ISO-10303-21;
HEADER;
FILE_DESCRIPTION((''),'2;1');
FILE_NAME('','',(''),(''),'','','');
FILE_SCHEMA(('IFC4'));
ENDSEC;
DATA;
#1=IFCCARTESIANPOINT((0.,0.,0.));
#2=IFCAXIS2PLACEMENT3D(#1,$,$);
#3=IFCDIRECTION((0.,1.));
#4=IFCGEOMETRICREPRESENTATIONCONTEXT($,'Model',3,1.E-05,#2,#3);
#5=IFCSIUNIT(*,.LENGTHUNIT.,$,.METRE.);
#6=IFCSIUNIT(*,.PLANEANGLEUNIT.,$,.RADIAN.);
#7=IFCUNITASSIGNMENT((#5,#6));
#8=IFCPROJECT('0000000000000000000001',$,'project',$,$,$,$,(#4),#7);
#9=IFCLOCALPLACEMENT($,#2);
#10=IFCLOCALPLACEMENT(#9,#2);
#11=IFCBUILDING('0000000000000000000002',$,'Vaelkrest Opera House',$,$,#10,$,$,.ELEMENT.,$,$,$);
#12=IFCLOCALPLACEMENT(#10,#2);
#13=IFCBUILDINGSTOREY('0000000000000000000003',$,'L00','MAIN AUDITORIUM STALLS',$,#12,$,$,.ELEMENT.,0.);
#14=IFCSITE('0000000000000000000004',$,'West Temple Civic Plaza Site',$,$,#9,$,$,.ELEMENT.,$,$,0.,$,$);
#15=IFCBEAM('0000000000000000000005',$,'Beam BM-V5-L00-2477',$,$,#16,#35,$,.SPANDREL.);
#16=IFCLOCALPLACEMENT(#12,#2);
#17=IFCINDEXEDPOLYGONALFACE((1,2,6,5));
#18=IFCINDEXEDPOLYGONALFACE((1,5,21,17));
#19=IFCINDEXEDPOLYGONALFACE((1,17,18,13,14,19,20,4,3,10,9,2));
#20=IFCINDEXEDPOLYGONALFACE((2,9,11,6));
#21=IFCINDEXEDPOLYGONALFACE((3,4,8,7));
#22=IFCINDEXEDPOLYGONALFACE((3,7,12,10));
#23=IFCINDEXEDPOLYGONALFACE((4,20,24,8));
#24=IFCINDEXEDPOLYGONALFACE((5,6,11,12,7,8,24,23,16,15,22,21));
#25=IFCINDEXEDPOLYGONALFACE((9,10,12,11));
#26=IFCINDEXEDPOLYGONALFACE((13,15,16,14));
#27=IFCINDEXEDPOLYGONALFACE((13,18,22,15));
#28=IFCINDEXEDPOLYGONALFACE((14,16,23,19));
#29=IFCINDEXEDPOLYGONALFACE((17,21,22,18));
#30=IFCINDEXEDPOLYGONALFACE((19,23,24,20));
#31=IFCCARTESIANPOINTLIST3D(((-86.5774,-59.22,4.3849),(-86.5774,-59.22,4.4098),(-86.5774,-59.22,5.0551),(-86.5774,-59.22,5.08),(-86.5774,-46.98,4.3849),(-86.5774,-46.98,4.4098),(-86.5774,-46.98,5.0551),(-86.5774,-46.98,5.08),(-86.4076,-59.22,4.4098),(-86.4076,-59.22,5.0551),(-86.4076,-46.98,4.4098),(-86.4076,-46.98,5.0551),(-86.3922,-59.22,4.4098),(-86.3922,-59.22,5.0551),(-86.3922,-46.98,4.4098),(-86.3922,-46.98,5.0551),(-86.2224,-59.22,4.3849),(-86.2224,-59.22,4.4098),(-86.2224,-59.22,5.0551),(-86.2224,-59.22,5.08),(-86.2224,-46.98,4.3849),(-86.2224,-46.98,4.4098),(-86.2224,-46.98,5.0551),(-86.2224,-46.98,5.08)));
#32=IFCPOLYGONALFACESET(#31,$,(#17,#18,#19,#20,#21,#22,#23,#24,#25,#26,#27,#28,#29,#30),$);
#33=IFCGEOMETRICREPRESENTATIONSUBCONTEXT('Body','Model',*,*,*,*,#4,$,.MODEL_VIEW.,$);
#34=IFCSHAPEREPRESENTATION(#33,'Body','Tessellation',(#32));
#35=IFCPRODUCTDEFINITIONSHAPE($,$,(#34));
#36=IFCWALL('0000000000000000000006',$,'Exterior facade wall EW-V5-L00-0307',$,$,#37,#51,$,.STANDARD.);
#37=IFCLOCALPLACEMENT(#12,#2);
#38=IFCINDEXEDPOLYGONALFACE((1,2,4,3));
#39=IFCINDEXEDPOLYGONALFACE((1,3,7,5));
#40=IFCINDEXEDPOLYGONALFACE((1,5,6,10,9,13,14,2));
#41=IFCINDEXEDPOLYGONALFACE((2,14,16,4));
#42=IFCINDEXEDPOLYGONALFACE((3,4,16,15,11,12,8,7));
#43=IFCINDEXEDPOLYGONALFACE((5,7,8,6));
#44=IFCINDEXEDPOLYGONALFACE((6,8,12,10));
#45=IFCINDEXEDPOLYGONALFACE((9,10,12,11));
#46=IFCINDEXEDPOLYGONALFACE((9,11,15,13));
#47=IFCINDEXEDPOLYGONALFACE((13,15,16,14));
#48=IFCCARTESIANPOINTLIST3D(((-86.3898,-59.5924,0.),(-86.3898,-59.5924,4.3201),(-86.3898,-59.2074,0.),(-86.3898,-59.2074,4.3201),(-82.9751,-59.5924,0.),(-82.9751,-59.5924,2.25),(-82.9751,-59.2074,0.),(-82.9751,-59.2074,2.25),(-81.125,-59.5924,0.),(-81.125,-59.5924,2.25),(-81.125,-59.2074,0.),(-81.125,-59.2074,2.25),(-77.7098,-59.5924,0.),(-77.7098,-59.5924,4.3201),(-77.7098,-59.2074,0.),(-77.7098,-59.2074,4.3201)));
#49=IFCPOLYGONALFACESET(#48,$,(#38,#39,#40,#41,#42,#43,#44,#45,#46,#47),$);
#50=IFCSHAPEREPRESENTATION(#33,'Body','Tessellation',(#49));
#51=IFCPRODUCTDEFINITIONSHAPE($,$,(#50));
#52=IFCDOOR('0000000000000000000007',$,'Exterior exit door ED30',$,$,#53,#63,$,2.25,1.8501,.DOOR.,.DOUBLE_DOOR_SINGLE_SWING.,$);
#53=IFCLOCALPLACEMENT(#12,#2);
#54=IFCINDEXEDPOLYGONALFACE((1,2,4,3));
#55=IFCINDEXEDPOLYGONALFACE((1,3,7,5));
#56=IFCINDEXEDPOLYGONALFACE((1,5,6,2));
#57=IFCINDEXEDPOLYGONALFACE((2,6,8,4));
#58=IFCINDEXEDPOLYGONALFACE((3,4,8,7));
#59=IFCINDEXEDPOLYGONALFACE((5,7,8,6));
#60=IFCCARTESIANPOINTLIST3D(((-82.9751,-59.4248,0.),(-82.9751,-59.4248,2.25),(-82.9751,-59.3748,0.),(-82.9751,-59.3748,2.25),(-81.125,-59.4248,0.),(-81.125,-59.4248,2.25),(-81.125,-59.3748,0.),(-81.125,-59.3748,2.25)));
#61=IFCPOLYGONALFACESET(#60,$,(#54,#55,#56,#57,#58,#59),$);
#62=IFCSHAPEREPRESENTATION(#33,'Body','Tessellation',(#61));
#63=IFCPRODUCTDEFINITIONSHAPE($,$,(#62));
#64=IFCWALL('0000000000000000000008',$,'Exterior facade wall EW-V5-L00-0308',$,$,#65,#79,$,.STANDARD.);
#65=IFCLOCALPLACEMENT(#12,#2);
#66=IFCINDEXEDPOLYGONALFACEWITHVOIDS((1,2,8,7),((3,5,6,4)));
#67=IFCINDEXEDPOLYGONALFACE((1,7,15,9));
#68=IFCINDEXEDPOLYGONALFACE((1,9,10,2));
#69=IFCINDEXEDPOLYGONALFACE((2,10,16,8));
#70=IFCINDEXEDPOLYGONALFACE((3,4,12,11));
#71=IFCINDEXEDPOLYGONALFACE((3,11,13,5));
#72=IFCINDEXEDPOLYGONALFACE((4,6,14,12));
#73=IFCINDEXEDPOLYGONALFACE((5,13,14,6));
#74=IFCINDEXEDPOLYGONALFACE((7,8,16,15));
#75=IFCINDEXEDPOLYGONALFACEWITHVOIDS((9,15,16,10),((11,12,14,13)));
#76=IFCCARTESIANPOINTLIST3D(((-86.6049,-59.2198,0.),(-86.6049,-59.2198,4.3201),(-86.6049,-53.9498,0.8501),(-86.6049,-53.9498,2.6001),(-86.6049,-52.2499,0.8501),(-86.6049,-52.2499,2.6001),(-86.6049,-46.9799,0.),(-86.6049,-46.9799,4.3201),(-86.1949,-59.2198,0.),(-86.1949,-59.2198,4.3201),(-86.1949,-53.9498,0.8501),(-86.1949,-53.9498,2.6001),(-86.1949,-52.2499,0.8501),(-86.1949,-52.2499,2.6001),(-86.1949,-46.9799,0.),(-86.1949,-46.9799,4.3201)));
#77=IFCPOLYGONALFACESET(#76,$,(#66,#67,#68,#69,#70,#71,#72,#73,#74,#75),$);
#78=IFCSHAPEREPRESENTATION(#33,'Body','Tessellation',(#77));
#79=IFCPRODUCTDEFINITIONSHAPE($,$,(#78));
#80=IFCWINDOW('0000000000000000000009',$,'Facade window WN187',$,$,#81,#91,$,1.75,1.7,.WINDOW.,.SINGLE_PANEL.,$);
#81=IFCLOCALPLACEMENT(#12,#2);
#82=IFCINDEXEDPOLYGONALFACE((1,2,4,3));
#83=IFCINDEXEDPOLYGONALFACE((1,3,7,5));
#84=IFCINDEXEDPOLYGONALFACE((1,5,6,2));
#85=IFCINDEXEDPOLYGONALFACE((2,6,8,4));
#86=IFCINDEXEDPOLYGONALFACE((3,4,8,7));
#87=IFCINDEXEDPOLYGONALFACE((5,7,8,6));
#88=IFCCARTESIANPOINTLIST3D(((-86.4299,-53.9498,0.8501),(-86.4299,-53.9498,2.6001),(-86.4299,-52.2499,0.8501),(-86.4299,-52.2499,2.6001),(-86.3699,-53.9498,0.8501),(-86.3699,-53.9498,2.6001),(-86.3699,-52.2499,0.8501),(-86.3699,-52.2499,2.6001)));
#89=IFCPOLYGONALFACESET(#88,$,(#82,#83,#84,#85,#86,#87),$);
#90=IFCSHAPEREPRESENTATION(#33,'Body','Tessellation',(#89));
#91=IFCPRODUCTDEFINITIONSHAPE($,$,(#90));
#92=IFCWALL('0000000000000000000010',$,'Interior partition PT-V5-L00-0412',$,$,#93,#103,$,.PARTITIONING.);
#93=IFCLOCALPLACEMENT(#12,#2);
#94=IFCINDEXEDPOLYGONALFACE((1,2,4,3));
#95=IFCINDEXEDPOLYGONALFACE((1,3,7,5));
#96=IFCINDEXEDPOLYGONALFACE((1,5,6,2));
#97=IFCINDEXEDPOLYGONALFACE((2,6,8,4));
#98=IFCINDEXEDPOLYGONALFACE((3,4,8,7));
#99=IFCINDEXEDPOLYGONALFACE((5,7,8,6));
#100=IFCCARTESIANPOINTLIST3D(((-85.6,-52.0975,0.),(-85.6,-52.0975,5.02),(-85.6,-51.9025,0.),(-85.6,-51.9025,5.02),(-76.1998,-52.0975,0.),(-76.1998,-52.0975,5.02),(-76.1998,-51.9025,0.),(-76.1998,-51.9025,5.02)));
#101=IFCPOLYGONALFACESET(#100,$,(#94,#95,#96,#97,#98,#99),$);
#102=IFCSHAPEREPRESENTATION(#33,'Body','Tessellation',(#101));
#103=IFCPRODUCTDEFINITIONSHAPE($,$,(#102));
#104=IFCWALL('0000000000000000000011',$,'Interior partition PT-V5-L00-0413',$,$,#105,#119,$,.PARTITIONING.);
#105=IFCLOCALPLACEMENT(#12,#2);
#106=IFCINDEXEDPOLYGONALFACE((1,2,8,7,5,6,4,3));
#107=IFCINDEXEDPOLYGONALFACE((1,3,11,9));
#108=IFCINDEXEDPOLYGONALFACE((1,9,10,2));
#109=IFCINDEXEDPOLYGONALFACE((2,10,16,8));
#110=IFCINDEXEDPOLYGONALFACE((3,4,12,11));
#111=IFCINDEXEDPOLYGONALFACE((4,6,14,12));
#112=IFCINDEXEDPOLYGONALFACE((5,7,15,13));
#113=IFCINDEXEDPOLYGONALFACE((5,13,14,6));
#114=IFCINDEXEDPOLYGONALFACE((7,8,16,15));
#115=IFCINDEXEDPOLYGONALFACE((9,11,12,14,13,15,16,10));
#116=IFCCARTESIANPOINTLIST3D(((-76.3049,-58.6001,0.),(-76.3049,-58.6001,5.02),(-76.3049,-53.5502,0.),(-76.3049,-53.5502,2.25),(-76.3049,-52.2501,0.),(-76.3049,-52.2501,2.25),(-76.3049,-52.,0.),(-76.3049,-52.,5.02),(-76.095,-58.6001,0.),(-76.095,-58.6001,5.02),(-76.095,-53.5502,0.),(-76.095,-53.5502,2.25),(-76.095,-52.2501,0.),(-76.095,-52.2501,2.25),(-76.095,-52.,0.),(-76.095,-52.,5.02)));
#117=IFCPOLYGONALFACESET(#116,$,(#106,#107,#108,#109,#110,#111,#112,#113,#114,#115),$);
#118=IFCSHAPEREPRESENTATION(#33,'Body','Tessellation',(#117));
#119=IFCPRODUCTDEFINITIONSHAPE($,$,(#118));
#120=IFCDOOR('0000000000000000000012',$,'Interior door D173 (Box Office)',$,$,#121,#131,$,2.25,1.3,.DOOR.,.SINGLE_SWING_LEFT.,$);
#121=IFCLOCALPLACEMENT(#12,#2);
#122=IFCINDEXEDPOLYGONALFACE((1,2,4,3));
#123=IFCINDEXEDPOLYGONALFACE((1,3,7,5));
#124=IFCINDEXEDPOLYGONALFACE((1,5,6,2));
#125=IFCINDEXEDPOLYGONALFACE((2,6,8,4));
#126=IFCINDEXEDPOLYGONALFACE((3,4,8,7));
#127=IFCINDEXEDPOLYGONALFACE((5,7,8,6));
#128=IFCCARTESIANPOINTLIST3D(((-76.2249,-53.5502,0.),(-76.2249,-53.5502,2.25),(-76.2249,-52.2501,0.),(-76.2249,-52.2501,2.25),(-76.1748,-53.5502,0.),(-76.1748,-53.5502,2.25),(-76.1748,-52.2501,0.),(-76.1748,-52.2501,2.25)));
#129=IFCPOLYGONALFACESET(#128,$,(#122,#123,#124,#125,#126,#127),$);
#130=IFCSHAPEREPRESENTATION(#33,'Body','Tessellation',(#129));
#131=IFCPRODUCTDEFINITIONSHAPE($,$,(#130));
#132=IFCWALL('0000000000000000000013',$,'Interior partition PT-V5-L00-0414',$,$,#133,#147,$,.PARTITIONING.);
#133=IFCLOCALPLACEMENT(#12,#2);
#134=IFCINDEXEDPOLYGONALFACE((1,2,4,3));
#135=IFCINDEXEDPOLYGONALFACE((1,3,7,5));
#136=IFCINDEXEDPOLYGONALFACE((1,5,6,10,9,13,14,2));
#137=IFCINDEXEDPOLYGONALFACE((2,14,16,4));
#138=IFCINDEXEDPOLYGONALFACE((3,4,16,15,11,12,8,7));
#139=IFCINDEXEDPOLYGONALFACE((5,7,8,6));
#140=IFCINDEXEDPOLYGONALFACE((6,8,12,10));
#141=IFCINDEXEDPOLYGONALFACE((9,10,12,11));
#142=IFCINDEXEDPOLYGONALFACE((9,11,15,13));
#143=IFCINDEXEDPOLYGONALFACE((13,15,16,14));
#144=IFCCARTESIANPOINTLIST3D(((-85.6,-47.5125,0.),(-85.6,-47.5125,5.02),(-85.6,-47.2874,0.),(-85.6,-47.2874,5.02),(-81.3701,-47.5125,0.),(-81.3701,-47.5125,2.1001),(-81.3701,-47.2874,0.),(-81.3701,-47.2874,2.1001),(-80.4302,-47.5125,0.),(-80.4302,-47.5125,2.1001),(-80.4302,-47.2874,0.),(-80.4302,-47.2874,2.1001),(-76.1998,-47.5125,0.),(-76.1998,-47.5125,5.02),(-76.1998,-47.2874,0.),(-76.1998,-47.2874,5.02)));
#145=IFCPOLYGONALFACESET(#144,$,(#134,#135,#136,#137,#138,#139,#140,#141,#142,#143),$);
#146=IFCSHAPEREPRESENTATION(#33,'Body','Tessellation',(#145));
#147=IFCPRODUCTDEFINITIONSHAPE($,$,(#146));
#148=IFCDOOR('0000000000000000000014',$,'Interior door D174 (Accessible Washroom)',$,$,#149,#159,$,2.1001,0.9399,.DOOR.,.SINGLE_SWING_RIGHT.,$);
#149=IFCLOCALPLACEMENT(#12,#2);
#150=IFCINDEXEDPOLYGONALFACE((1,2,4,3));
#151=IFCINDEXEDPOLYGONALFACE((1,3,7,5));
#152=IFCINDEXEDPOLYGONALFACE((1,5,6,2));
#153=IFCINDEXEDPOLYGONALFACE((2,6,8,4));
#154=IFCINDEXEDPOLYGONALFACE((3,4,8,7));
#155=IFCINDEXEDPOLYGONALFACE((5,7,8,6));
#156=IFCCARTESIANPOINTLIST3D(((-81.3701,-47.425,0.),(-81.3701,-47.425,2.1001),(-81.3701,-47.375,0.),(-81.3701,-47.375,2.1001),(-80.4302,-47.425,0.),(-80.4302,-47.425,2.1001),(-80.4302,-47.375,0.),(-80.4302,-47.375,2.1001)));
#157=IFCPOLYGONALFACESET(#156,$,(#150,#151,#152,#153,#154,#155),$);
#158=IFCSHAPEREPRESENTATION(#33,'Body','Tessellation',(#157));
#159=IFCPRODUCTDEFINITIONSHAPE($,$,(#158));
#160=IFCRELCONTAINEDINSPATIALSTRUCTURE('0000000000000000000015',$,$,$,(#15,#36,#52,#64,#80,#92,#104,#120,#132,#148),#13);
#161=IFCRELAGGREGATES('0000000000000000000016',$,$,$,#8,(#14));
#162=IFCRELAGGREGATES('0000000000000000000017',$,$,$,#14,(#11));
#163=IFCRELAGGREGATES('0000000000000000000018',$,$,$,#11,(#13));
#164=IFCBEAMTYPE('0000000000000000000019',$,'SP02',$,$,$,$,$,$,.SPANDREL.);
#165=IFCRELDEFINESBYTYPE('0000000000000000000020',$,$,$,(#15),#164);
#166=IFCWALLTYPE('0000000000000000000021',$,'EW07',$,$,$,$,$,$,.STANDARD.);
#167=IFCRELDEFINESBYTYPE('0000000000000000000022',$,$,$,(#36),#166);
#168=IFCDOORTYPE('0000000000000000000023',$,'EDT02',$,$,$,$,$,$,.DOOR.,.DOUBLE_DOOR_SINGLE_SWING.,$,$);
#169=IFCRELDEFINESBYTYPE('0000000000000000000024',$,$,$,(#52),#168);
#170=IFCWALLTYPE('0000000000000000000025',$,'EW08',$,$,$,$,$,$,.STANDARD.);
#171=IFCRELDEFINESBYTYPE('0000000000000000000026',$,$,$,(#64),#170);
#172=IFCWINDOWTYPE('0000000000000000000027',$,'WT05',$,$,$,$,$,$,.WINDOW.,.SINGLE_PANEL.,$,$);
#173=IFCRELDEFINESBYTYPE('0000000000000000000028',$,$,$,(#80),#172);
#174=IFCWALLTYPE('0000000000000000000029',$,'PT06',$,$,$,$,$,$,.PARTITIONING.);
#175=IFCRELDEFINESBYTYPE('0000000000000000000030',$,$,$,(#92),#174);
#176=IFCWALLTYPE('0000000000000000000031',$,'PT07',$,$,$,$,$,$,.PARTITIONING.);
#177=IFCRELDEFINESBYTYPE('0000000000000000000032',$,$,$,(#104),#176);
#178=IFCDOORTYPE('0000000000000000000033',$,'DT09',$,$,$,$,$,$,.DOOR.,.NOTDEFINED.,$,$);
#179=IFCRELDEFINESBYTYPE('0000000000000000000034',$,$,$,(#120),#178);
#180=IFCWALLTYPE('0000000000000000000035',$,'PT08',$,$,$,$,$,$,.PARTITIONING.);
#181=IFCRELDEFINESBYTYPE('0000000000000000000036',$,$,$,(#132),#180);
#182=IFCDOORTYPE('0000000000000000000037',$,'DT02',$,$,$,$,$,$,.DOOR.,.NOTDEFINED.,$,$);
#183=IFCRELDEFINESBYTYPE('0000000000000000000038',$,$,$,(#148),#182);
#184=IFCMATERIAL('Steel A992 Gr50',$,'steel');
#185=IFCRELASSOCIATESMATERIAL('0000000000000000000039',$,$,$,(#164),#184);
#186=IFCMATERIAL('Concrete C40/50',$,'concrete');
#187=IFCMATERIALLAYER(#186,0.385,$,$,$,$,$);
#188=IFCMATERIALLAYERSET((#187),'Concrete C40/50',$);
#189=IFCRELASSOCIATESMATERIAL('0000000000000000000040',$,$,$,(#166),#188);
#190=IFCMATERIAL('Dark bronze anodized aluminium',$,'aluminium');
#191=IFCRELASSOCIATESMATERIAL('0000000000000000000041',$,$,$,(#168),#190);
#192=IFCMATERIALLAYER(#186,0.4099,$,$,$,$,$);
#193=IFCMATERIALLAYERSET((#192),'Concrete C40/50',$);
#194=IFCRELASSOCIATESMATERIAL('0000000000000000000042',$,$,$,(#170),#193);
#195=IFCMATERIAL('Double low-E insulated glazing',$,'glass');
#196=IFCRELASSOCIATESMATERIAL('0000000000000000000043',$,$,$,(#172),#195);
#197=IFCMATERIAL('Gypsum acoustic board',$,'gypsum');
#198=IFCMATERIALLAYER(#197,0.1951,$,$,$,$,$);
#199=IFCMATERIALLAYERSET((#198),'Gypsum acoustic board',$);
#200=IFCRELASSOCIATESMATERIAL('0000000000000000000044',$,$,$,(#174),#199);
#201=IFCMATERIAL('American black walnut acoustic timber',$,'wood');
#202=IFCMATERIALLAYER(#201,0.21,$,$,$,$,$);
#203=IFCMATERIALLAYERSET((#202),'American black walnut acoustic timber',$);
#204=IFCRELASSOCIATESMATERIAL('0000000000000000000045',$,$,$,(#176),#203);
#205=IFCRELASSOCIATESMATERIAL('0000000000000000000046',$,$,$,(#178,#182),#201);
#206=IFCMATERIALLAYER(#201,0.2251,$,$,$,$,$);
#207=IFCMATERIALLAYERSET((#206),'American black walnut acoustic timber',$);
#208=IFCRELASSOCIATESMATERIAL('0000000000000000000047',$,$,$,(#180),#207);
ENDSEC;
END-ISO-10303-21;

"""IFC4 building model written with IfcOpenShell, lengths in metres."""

from ifc_helpers import new_model, si_unit, direction, frame, frame_2d, origin, origin_2d, place, context, subcontext, project, spatial, rectangle, i_section, extrude, material, layer, layer_set, material_profile, profile_set, type_object, element, fill, save


model = new_model("IFC4")

# Units and contexts
model_context = context("Model", 3, precision=1e-05, world=origin(), true_north=direction((0.0, 1.0)))
body_context = subcontext(model_context, "Body", "Model", "MODEL_VIEW")
ifc_project = project(units=[si_unit("LENGTHUNIT", "METRE"), si_unit("PLANEANGLEUNIT", "RADIAN")], contexts=[model_context])

# Site, building, storey
site_placement = place(None, origin())
site = spatial("IfcSite", under=ifc_project, at=site_placement, Name="West Temple Civic Plaza Site", CompositionType="ELEMENT", RefElevation=0.0)
building_placement = place(site_placement, origin())
building = spatial("IfcBuilding", under=site, at=building_placement, Name="Vaelkrest Opera House", CompositionType="ELEMENT")
storey_placement = place(building_placement, origin())
storey = spatial("IfcBuildingStorey", under=building, at=storey_placement, Name="L00", Description="MAIN AUDITORIUM STALLS", CompositionType="ELEMENT", Elevation=0.0)

# Shared definitions
ifc_material_1 = material(Name="Steel A992 Gr50", Category="steel")

# Beam
ifc_material_profile_1 = material_profile(ifc_material_1, i_section(OverallWidth=0.355, OverallDepth=0.6951, WebThickness=0.0154, FlangeThickness=0.0249, at=origin_2d()), Name="W27X146")
ifc_profile_set_1 = profile_set([ifc_material_profile_1], Name="Steel A992 Gr50")
beam_type_1 = type_object("IfcBeamType", Name="SP02", PredefinedType="SPANDREL", material=ifc_profile_set_1)
beam_1_placement = place(storey_placement, frame((-86.3999, -59.22, 4.7324), z_axis=(0.0, 1.0, 0.0), x_axis=(-1.0, 0.0, 0.0)))
element("IfcBeam", 1, at=beam_1_placement, inside=storey, type_object=beam_type_1, Name="Beam BM-V5-L00-2477", PredefinedType="SPANDREL", context=body_context, shape_type="SweptSolid", body=[
    extrude(i_section(OverallWidth=0.355, OverallDepth=0.6951, WebThickness=0.0154, FlangeThickness=0.0249, at=origin_2d()), origin(), (0.0, 0.0, 1.0), 12.24),
])

# Wall, opening, door
ifc_material_2 = material(Name="Concrete C40/50", Category="concrete")
ifc_layer_1 = layer(ifc_material_2, 0.385)
ifc_layer_set_1 = layer_set([ifc_layer_1], Name="Concrete C40/50")
wall_type_1 = type_object("IfcWallType", Name="EW07", PredefinedType="STANDARD", material=ifc_layer_set_1)
wall_1_placement = place(storey_placement, frame((-77.71, -59.3999, 0.0), z_axis=(0.0, 0.0, 1.0), x_axis=(-1.0, 0.0, 0.0)))
wall_1 = element("IfcWall", 2, at=wall_1_placement, inside=storey, type_object=wall_type_1, Name="Exterior facade wall EW-V5-L00-0307", PredefinedType="STANDARD", context=body_context, shape_type="SweptSolid", body=[
    extrude(rectangle(XDim=8.6799, YDim=0.385, at=frame_2d((4.3398, 0.0))), origin(), (0.0, 0.0, 1.0), 4.3201),
])
opening_1_placement = place(wall_1_placement, frame((3.415, 0.0, 0.0)))
opening_1 = element("IfcOpeningElement", 3, at=opening_1_placement, cuts=wall_1, PredefinedType="OPENING", context=body_context, shape_type="SweptSolid", body=[
    extrude(rectangle(XDim=1.8501, YDim=2.25, at=frame_2d((0.925, 1.125))), frame((0.0, 0.2024, 0.0), z_axis=(0.0, -1.0, 0.0), x_axis=(1.0, 0.0, 0.0)), (0.0, 0.0, 1.0), 0.405),
])
ifc_material_3 = material(Name="Dark bronze anodized aluminium", Category="aluminium")
door_type_1 = type_object("IfcDoorType", Name="EDT02", OperationType="DOUBLE_DOOR_SINGLE_SWING", PredefinedType="DOOR", material=ifc_material_3)
door_1_placement = place(opening_1_placement, origin())
door_1 = element("IfcDoor", 4, at=door_1_placement, inside=storey, type_object=door_type_1, Name="Exterior exit door ED30", OperationType="DOUBLE_DOOR_SINGLE_SWING", OverallHeight=2.25, OverallWidth=1.8501, PredefinedType="DOOR", context=body_context, shape_type="SweptSolid", body=[
    extrude(rectangle(XDim=1.8501, YDim=2.25, at=frame_2d((0.925, 1.125))), frame((0.0, 0.0249, 0.0), z_axis=(0.0, -1.0, 0.0), x_axis=(1.0, 0.0, 0.0)), (0.0, 0.0, 1.0), 0.05),
])
fill(opening_1, door_1)

# Wall, opening, window
ifc_layer_2 = layer(ifc_material_2, 0.4099)
ifc_layer_set_2 = layer_set([ifc_layer_2], Name="Concrete C40/50")
wall_type_2 = type_object("IfcWallType", Name="EW08", PredefinedType="STANDARD", material=ifc_layer_set_2)
wall_2_placement = place(storey_placement, frame((-86.3999, -59.22, 0.0), z_axis=(0.0, 0.0, 1.0), x_axis=(0.0, 1.0, 0.0)))
wall_2 = element("IfcWall", 5, at=wall_2_placement, inside=storey, type_object=wall_type_2, Name="Exterior facade wall EW-V5-L00-0308", PredefinedType="STANDARD", context=body_context, shape_type="SweptSolid", body=[
    extrude(rectangle(XDim=12.24, YDim=0.4099, at=frame_2d((6.1201, 0.0))), origin(), (0.0, 0.0, 1.0), 4.3201),
])
opening_2_placement = place(wall_2_placement, frame((5.27, 0.0, 0.8501)))
opening_2 = element("IfcOpeningElement", 6, at=opening_2_placement, cuts=wall_2, PredefinedType="OPENING", context=body_context, shape_type="SweptSolid", body=[
    extrude(rectangle(XDim=1.7, YDim=1.75, at=frame_2d((0.8501, 0.875))), frame((0.0, 0.2148, 0.0), z_axis=(0.0, -1.0, 0.0), x_axis=(1.0, 0.0, 0.0)), (0.0, 0.0, 1.0), 0.4299),
])
ifc_material_4 = material(Name="Double low-E insulated glazing", Category="glass")
window_type = type_object("IfcWindowType", Name="WT05", PartitioningType="SINGLE_PANEL", PredefinedType="WINDOW", material=ifc_material_4)
window_placement = place(opening_2_placement, origin())
window = element("IfcWindow", 7, at=window_placement, inside=storey, type_object=window_type, Name="Facade window WN187", OverallHeight=1.75, OverallWidth=1.7, PartitioningType="SINGLE_PANEL", PredefinedType="WINDOW", context=body_context, shape_type="SweptSolid", body=[
    extrude(rectangle(XDim=1.7, YDim=1.75, at=frame_2d((0.8501, 0.875))), frame((0.0, 0.03, 0.0), z_axis=(0.0, -1.0, 0.0), x_axis=(1.0, 0.0, 0.0)), (0.0, 0.0, 1.0), 0.0601),
])
fill(opening_2, window)

# Wall
ifc_material_5 = material(Name="Gypsum acoustic board", Category="gypsum")
ifc_layer_3 = layer(ifc_material_5, 0.1951)
ifc_layer_set_3 = layer_set([ifc_layer_3], Name="Gypsum acoustic board")
wall_type_3 = type_object("IfcWallType", Name="PT06", PredefinedType="PARTITIONING", material=ifc_layer_set_3)
wall_3_placement = place(storey_placement, frame((-85.6001, -52.0, 0.0), z_axis=(0.0, 0.0, 1.0), x_axis=(1.0, 0.0, 0.0)))
element("IfcWall", 8, at=wall_3_placement, inside=storey, type_object=wall_type_3, Name="Interior partition PT-V5-L00-0412", PredefinedType="PARTITIONING", context=body_context, shape_type="SweptSolid", body=[
    extrude(rectangle(XDim=9.4001, YDim=0.1951, at=frame_2d((4.7002, 0.0))), origin(), (0.0, 0.0, 1.0), 5.02),
])

# Walls, openings, doors
ifc_material_6 = material(Name="American black walnut acoustic timber", Category="wood")
ifc_layer_4 = layer(ifc_material_6, 0.21)
ifc_layer_set_4 = layer_set([ifc_layer_4], Name="American black walnut acoustic timber")
wall_type_4 = type_object("IfcWallType", Name="PT07", PredefinedType="PARTITIONING", material=ifc_layer_set_4)
wall_4_placement = place(storey_placement, frame((-76.2, -58.6001, 0.0), z_axis=(0.0, 0.0, 1.0), x_axis=(0.0, 1.0, 0.0)))
wall_4 = element("IfcWall", 9, at=wall_4_placement, inside=storey, type_object=wall_type_4, Name="Interior partition PT-V5-L00-0413", PredefinedType="PARTITIONING", context=body_context, shape_type="SweptSolid", body=[
    extrude(rectangle(XDim=6.6001, YDim=0.21, at=frame_2d((3.3, 0.0))), origin(), (0.0, 0.0, 1.0), 5.02),
])
opening_3_placement = place(wall_4_placement, frame((5.05, 0.0, 0.0)))
opening_3 = element("IfcOpeningElement", 10, at=opening_3_placement, cuts=wall_4, PredefinedType="OPENING", context=body_context, shape_type="SweptSolid", body=[
    extrude(rectangle(XDim=1.3, YDim=2.25, at=frame_2d((0.6499, 1.125))), frame((0.0, 0.115, 0.0), z_axis=(0.0, -1.0, 0.0), x_axis=(1.0, 0.0, 0.0)), (0.0, 0.0, 1.0), 0.23),
])
door_type_2 = type_object("IfcDoorType", Name="DT09", OperationType="NOTDEFINED", PredefinedType="DOOR", material=ifc_material_6)
door_2_placement = place(opening_3_placement, origin())
door_2 = element("IfcDoor", 11, at=door_2_placement, inside=storey, type_object=door_type_2, Name="Interior door D173 (Box Office)", OperationType="SINGLE_SWING_LEFT", OverallHeight=2.25, OverallWidth=1.3, PredefinedType="DOOR", context=body_context, shape_type="SweptSolid", body=[
    extrude(rectangle(XDim=1.3, YDim=2.25, at=frame_2d((0.6499, 1.125))), frame((0.0, 0.0249, 0.0), z_axis=(0.0, -1.0, 0.0), x_axis=(1.0, 0.0, 0.0)), (0.0, 0.0, 1.0), 0.05),
])
fill(opening_3, door_2)
ifc_layer_5 = layer(ifc_material_6, 0.2251)
ifc_layer_set_5 = layer_set([ifc_layer_5], Name="American black walnut acoustic timber")
wall_type_5 = type_object("IfcWallType", Name="PT08", PredefinedType="PARTITIONING", material=ifc_layer_set_5)
wall_5_placement = place(storey_placement, frame((-85.6001, -47.3999, 0.0), z_axis=(0.0, 0.0, 1.0), x_axis=(1.0, 0.0, 0.0)))
wall_5 = element("IfcWall", 12, at=wall_5_placement, inside=storey, type_object=wall_type_5, Name="Interior partition PT-V5-L00-0414", PredefinedType="PARTITIONING", context=body_context, shape_type="SweptSolid", body=[
    extrude(rectangle(XDim=9.4001, YDim=0.2251, at=frame_2d((4.7002, 0.0))), origin(), (0.0, 0.0, 1.0), 5.02),
])
opening_4_placement = place(wall_5_placement, frame((4.23, 0.0, 0.0)))
opening_4 = element("IfcOpeningElement", 13, at=opening_4_placement, cuts=wall_5, PredefinedType="OPENING", context=body_context, shape_type="SweptSolid", body=[
    extrude(rectangle(XDim=0.9399, YDim=2.1001, at=frame_2d((0.47, 1.05))), frame((0.0, 0.1226, 0.0), z_axis=(0.0, -1.0, 0.0), x_axis=(1.0, 0.0, 0.0)), (0.0, 0.0, 1.0), 0.2451),
])
door_type_3 = type_object("IfcDoorType", Name="DT02", OperationType="NOTDEFINED", PredefinedType="DOOR", material=ifc_material_6)
door_3_placement = place(opening_4_placement, origin())
door_3 = element("IfcDoor", 14, at=door_3_placement, inside=storey, type_object=door_type_3, Name="Interior door D174 (Accessible Washroom)", OperationType="SINGLE_SWING_RIGHT", OverallHeight=2.1001, OverallWidth=0.9399, PredefinedType="DOOR", context=body_context, shape_type="SweptSolid", body=[
    extrude(rectangle(XDim=0.9399, YDim=2.1001, at=frame_2d((0.47, 1.05))), frame((0.0, 0.0249, 0.0), z_axis=(0.0, -1.0, 0.0), x_axis=(1.0, 0.0, 0.0)), (0.0, 0.0, 1.0), 0.05),
])
fill(opening_4, door_3)

save(model, "model.ifc")
